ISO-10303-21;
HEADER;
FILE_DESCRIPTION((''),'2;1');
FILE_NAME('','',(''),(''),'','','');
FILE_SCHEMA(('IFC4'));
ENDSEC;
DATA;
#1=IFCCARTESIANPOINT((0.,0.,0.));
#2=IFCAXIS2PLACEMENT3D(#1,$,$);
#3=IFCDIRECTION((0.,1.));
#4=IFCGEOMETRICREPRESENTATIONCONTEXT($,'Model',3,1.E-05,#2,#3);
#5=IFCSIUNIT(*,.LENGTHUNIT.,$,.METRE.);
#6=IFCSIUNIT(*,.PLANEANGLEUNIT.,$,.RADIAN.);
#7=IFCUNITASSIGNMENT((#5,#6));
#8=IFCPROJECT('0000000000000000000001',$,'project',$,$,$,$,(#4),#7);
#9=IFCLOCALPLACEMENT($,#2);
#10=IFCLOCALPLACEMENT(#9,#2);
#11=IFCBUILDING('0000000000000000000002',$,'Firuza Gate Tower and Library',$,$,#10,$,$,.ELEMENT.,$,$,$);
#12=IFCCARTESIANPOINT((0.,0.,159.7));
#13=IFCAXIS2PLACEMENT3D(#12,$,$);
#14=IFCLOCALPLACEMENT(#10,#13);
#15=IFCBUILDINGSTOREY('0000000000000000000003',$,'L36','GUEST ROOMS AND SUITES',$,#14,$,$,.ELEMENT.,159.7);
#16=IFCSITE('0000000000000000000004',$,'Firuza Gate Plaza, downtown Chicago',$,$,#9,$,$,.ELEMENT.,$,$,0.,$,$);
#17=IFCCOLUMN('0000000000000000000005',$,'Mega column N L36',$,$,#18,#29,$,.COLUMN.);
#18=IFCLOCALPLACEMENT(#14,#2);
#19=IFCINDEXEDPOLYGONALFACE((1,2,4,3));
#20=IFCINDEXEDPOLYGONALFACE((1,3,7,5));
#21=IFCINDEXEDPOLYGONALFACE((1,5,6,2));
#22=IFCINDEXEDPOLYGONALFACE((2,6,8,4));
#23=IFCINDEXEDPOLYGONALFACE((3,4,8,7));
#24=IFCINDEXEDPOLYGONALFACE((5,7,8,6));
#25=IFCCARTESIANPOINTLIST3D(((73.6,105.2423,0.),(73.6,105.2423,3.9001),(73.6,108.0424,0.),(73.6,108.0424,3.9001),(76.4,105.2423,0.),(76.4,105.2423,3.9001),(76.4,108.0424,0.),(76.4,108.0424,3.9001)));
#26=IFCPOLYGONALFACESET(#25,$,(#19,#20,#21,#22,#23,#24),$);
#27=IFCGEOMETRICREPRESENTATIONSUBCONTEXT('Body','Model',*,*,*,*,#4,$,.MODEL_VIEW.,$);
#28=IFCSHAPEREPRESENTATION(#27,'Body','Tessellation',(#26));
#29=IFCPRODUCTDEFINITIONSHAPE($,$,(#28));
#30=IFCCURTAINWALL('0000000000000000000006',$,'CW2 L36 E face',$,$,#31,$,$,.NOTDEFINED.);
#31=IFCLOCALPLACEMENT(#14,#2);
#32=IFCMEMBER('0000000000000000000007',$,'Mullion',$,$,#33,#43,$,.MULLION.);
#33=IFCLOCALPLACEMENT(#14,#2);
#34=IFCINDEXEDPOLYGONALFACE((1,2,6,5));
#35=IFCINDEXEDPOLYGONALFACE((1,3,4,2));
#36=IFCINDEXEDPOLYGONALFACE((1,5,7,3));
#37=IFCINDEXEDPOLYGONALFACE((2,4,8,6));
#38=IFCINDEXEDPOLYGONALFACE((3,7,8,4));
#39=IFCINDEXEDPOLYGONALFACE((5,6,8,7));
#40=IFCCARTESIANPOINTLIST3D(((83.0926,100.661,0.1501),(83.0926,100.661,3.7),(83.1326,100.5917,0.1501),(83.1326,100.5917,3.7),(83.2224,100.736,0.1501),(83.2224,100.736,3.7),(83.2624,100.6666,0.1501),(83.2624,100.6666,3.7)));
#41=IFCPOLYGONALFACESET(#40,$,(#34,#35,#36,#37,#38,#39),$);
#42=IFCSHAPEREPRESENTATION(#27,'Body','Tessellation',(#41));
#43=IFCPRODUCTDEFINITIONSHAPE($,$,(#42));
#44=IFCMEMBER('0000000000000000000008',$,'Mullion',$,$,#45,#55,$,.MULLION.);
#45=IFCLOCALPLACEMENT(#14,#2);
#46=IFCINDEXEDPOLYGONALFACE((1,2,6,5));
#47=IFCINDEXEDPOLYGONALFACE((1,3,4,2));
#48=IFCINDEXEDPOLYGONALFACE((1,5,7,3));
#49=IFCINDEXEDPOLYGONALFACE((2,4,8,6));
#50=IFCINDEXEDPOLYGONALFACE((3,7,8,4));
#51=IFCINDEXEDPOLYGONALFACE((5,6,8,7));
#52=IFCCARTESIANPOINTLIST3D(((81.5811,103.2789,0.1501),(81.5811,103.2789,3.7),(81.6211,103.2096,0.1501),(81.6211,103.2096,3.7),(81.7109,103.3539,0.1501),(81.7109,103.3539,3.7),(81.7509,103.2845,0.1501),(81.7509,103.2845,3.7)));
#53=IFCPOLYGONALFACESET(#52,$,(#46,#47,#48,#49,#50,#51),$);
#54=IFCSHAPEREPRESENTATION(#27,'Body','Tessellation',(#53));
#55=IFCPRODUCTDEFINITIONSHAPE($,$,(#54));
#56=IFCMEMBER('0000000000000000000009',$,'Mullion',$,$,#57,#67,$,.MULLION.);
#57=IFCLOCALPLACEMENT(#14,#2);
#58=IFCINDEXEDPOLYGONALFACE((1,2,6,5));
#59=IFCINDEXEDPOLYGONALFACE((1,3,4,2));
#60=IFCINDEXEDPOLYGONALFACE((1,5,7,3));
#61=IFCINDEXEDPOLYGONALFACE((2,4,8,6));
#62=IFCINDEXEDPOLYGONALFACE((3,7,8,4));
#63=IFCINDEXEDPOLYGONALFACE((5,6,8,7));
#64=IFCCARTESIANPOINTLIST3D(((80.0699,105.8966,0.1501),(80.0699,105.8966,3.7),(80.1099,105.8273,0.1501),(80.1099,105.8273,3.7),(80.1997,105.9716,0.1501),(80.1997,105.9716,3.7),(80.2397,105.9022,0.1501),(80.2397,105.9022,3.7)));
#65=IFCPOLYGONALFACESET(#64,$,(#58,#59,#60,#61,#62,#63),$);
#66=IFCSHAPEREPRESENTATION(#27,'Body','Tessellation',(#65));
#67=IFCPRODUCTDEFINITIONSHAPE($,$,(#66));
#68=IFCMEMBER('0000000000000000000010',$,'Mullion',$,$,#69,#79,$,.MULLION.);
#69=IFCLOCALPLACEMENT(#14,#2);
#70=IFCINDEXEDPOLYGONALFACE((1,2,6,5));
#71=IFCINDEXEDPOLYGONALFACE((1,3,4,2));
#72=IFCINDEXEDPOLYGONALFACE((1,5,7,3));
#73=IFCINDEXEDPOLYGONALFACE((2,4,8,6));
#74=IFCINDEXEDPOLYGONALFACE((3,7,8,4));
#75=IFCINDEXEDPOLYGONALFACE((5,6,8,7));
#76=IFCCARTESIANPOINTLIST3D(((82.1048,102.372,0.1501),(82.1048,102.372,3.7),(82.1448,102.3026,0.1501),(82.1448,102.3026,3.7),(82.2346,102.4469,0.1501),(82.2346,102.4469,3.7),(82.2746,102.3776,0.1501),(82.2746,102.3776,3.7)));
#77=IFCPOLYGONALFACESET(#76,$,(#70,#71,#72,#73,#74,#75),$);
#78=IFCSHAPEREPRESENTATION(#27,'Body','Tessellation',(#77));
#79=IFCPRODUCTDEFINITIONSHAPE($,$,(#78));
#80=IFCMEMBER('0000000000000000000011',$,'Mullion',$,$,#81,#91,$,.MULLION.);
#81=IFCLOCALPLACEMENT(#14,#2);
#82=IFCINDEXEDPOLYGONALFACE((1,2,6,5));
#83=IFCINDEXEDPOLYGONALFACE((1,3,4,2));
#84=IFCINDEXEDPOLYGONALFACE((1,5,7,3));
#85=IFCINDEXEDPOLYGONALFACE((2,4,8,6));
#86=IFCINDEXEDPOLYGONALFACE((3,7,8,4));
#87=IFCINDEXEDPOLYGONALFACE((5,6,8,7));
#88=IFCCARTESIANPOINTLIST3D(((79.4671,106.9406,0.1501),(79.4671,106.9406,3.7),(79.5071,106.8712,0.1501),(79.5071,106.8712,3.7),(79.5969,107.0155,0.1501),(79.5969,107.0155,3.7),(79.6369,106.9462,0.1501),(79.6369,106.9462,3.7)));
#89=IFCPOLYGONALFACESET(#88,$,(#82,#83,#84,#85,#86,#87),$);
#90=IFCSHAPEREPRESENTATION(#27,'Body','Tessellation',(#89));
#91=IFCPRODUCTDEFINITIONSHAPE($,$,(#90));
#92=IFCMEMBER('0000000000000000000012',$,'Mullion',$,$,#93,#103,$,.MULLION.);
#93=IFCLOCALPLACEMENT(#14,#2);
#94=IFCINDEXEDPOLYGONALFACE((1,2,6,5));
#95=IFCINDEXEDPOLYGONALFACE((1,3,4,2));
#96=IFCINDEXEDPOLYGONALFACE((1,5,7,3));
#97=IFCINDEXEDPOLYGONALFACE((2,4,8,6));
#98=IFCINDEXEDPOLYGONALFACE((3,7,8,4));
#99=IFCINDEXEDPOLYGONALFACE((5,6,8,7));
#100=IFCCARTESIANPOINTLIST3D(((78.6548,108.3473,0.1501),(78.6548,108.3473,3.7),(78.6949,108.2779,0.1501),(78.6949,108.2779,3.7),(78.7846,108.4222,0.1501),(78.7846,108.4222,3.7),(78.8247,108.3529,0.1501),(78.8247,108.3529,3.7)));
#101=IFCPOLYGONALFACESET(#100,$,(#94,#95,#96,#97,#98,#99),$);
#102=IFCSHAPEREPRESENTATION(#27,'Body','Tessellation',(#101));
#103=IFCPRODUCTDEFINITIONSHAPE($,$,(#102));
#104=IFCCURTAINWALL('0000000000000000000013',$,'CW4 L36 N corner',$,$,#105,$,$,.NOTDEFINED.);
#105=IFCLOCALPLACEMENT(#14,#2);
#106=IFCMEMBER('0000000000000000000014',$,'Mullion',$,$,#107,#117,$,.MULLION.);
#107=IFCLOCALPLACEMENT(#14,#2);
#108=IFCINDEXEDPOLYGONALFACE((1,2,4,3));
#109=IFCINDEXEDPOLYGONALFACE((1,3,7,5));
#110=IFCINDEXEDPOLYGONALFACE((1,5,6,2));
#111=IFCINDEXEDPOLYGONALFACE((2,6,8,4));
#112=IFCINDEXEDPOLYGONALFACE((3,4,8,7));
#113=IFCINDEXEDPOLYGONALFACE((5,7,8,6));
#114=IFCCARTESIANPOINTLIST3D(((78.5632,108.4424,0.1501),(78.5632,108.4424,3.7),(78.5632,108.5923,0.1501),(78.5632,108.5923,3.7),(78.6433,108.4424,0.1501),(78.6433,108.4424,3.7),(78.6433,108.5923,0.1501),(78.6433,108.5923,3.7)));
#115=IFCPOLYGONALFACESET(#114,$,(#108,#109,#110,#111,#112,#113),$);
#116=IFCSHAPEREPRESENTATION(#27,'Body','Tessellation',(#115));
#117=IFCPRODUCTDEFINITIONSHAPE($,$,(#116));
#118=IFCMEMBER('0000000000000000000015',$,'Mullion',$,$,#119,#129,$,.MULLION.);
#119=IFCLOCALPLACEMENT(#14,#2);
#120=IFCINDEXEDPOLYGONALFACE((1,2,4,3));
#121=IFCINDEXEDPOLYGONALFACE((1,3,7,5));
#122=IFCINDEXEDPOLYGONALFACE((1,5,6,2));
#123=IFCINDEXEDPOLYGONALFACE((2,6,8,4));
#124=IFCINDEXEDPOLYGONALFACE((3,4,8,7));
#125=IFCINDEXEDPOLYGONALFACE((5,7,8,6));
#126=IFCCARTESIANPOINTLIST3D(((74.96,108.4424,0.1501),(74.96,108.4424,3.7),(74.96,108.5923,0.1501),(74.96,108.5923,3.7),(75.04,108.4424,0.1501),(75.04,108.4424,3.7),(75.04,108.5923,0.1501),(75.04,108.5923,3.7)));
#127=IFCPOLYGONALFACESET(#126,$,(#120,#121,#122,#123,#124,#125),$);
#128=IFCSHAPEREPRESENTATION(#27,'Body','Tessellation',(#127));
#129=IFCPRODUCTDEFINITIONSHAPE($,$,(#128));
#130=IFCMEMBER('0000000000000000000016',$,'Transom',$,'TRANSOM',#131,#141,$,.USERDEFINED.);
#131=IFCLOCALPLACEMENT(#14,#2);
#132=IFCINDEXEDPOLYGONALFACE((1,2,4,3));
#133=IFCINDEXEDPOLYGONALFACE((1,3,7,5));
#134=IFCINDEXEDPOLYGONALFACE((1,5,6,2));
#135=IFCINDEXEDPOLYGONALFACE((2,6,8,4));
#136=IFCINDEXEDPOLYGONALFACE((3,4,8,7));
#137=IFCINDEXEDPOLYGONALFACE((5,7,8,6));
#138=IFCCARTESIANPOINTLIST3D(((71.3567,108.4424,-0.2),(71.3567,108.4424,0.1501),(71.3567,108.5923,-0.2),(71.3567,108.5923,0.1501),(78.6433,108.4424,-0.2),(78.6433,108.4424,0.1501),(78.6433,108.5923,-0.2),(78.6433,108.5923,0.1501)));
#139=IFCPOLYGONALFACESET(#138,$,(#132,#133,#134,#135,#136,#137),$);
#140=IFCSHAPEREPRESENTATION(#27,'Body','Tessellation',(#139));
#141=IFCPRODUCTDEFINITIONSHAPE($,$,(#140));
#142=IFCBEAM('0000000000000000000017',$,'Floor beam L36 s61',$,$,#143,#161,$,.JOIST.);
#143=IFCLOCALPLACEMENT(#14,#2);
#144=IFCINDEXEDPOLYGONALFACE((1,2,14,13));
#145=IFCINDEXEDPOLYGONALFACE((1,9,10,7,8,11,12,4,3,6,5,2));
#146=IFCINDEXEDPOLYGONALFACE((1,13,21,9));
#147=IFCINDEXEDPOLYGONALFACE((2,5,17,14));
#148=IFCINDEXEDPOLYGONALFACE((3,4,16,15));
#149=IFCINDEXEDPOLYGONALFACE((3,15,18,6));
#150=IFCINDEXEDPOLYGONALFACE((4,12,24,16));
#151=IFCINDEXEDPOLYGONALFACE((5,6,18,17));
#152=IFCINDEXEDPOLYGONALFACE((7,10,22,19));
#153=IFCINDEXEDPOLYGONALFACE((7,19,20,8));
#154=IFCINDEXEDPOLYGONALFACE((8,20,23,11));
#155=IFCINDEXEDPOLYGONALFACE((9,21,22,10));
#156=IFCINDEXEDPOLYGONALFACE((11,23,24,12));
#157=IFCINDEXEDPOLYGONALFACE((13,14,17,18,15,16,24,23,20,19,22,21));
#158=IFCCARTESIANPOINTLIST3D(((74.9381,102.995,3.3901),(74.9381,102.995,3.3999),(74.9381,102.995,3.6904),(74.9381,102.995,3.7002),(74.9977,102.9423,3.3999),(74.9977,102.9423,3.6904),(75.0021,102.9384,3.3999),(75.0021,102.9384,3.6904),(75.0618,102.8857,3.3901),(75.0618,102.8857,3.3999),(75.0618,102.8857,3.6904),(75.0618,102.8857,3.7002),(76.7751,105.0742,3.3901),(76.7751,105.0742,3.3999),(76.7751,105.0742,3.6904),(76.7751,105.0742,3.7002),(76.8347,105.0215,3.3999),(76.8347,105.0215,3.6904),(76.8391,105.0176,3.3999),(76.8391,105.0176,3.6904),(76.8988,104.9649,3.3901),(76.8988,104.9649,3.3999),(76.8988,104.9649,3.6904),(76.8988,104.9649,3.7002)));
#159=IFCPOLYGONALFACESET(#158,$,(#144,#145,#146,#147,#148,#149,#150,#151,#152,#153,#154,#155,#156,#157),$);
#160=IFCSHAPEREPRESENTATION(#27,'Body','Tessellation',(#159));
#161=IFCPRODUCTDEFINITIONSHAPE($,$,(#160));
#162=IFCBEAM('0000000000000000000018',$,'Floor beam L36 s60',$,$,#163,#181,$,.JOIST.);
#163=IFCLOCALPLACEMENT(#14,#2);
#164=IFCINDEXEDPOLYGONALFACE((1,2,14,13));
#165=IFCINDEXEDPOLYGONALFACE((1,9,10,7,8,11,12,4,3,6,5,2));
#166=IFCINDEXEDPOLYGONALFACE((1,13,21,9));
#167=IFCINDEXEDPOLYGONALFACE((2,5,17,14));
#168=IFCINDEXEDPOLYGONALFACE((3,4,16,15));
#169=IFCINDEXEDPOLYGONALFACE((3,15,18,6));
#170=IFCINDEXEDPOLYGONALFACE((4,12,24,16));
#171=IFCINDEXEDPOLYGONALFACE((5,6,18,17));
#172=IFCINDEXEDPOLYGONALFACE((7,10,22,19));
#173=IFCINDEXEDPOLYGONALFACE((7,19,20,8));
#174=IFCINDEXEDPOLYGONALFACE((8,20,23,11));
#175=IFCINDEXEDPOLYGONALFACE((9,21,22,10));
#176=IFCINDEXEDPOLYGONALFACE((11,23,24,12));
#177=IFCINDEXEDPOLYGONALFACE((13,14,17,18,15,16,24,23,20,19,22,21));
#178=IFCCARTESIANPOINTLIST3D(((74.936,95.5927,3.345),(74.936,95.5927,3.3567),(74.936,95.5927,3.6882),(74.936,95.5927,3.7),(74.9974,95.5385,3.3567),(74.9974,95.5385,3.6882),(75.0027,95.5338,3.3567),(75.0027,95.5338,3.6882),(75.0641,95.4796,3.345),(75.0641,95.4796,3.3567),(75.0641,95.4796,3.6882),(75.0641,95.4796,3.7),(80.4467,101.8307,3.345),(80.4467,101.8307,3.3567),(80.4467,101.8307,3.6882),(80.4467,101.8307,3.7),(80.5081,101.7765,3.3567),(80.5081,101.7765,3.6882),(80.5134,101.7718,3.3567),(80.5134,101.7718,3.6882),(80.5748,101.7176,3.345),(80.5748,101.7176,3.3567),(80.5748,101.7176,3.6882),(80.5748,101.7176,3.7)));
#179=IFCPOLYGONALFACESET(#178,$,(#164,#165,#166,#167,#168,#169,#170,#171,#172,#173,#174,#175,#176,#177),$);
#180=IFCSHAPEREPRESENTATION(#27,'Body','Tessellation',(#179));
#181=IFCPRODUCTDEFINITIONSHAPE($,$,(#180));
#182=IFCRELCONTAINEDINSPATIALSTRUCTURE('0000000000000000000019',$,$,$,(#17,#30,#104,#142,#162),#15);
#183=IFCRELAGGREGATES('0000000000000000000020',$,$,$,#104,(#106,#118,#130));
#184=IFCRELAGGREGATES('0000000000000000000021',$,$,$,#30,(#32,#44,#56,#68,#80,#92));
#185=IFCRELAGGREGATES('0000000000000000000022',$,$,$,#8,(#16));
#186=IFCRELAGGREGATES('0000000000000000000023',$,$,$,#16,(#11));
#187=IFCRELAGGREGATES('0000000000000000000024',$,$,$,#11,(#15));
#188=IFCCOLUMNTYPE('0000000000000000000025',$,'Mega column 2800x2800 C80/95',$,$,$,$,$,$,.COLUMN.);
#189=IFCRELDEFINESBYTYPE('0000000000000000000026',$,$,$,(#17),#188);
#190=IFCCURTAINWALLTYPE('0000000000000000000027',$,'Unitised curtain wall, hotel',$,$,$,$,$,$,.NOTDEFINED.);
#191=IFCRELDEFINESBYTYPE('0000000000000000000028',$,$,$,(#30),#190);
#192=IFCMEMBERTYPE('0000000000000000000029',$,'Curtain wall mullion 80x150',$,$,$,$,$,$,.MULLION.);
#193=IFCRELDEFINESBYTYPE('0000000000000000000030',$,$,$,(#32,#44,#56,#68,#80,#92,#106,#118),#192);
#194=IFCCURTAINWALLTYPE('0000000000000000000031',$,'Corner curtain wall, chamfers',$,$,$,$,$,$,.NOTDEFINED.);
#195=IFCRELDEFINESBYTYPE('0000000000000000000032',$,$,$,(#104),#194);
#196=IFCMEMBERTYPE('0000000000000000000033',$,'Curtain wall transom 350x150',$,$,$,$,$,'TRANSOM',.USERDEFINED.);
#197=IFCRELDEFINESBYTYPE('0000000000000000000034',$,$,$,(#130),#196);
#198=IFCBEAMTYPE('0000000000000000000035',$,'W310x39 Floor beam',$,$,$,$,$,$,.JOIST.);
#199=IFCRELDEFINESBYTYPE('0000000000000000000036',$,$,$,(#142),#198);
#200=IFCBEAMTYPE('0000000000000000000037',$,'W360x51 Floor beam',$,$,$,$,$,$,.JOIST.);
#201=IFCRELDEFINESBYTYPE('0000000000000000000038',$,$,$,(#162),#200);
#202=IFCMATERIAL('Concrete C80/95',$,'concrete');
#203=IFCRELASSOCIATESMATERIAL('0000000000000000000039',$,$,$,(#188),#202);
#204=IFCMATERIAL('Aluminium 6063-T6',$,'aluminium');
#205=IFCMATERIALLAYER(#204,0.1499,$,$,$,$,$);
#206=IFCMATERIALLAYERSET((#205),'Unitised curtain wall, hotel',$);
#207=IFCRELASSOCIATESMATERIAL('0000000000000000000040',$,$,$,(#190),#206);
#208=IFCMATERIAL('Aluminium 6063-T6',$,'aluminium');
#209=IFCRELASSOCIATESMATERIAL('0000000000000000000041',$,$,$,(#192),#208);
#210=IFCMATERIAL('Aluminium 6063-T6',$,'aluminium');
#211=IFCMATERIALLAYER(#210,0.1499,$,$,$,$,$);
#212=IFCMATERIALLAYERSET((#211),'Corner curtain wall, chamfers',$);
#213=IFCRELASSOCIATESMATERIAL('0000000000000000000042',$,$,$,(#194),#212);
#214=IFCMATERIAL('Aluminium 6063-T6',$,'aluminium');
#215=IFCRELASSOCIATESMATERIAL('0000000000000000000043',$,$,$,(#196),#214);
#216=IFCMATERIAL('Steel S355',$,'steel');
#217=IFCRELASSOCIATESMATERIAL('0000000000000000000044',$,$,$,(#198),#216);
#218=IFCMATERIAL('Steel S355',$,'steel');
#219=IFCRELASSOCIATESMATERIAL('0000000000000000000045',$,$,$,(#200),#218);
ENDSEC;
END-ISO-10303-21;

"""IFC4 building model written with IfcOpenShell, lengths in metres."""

from ifc_helpers import new_model, si_unit, direction, frame, origin, origin_2d, place, context, subcontext, project, spatial, rectangle, i_section, extrude, material, layer, layer_set, material_profile, profile_set, type_object, element, aggregate, save


model = new_model("IFC4")

# Units and contexts
model_context = context("Model", 3, precision=1e-05, world=origin(), true_north=direction((0.0, 1.0)))
body_context = subcontext(model_context, "Body", "Model", "MODEL_VIEW")
ifc_project = project(units=[si_unit("LENGTHUNIT", "METRE"), si_unit("PLANEANGLEUNIT", "RADIAN")], contexts=[model_context])

# Site, building, storey
site_placement = place(None, origin())
site = spatial("IfcSite", under=ifc_project, at=site_placement, Name="Firuza Gate Plaza, downtown Chicago", CompositionType="ELEMENT", RefElevation=0.0)
building_placement = place(site_placement, origin())
building = spatial("IfcBuilding", under=site, at=building_placement, Name="Firuza Gate Tower and Library", CompositionType="ELEMENT")
storey_placement = place(building_placement, frame((0.0, 0.0, 159.7)))
storey = spatial("IfcBuildingStorey", under=building, at=storey_placement, Name="L36", Description="GUEST ROOMS AND SUITES", CompositionType="ELEMENT", Elevation=159.7)

# Column
ifc_material_1 = material(Name="Concrete C80/95", Category="concrete")
ifc_material_profile_1 = material_profile(ifc_material_1, rectangle(XDim=2.8, YDim=2.8, at=origin_2d()))
ifc_profile_set_1 = profile_set([ifc_material_profile_1], Name="Concrete C80/95")
column_type = type_object("IfcColumnType", Name="Mega column 2800x2800 C80/95", PredefinedType="COLUMN", material=ifc_profile_set_1)
column_placement = place(storey_placement, frame((75.0, 106.6423, 0.0), z_axis=(0.0, 0.0, 1.0), x_axis=(-1.0, 0.0, 0.0)))
element("IfcColumn", 1, at=column_placement, inside=storey, type_object=column_type, Name="Mega column N L36", PredefinedType="COLUMN", context=body_context, shape_type="SweptSolid", body=[
    extrude(rectangle(XDim=2.8, YDim=2.8, at=origin_2d()), origin(), (0.0, 0.0, 1.0), 3.9001),
])

# Curtain walls, members
ifc_material_2 = material(Name="Aluminium 6063-T6", Category="aluminium")
ifc_layer_1 = layer(ifc_material_2, 0.1499)
ifc_layer_set_1 = layer_set([ifc_layer_1], Name="Unitised curtain wall, hotel")
curtain_wall_type_1 = type_object("IfcCurtainWallType", Name="Unitised curtain wall, hotel", PredefinedType="NOTDEFINED", material=ifc_layer_set_1)
placement = place(storey_placement, origin())
curtain_wall_1 = element("IfcCurtainWall", 2, at=placement, inside=storey, type_object=curtain_wall_type_1, Name="CW2 L36 E face", PredefinedType="NOTDEFINED")
ifc_material_3 = material(Name="Aluminium 6063-T6", Category="aluminium")
ifc_material_profile_2 = material_profile(ifc_material_3, rectangle(XDim=0.1499, YDim=0.0801, at=origin_2d()))
ifc_profile_set_2 = profile_set([ifc_material_profile_2], Name="Aluminium 6063-T6")
member_type_1 = type_object("IfcMemberType", Name="Curtain wall mullion 80x150", PredefinedType="MULLION", material=ifc_profile_set_2)
member_1_placement = place(storey_placement, frame((83.1775, 100.6638, 0.1501), z_axis=(0.0, 0.0, 1.0), x_axis=(-0.866025, -0.5, 0.0)))
member_1 = element("IfcMember", 3, at=member_1_placement, type_object=member_type_1, Name="Mullion", PredefinedType="MULLION", context=body_context, shape_type="SweptSolid", body=[
    extrude(rectangle(XDim=0.1499, YDim=0.0801, at=origin_2d()), origin(), (0.0, 0.0, 1.0), 3.5498),
])
member_2_placement = place(storey_placement, frame((81.666, 103.2817, 0.1501), z_axis=(0.0, 0.0, 1.0), x_axis=(-0.866025, -0.5, 0.0)))
member_2 = element("IfcMember", 4, at=member_2_placement, type_object=member_type_1, Name="Mullion", PredefinedType="MULLION", context=body_context, shape_type="SweptSolid", body=[
    extrude(rectangle(XDim=0.1499, YDim=0.0801, at=origin_2d()), origin(), (0.0, 0.0, 1.0), 3.5498),
])
member_3_placement = place(storey_placement, frame((80.1548, 105.8994, 0.1501), z_axis=(0.0, 0.0, 1.0), x_axis=(-0.866025, -0.5, 0.0)))
member_3 = element("IfcMember", 5, at=member_3_placement, type_object=member_type_1, Name="Mullion", PredefinedType="MULLION", context=body_context, shape_type="SweptSolid", body=[
    extrude(rectangle(XDim=0.1499, YDim=0.0801, at=origin_2d()), origin(), (0.0, 0.0, 1.0), 3.5498),
])
member_4_placement = place(storey_placement, frame((82.1897, 102.3748, 0.1501), z_axis=(0.0, 0.0, 1.0), x_axis=(-0.866025, -0.5, 0.0)))
member_4 = element("IfcMember", 6, at=member_4_placement, type_object=member_type_1, Name="Mullion", PredefinedType="MULLION", context=body_context, shape_type="SweptSolid", body=[
    extrude(rectangle(XDim=0.1499, YDim=0.0801, at=origin_2d()), origin(), (0.0, 0.0, 1.0), 3.5498),
])
member_5_placement = place(storey_placement, frame((79.552, 106.9434, 0.1501), z_axis=(0.0, 0.0, 1.0), x_axis=(-0.866025, -0.5, 0.0)))
member_5 = element("IfcMember", 7, at=member_5_placement, type_object=member_type_1, Name="Mullion", PredefinedType="MULLION", context=body_context, shape_type="SweptSolid", body=[
    extrude(rectangle(XDim=0.1499, YDim=0.0801, at=origin_2d()), origin(), (0.0, 0.0, 1.0), 3.5498),
])
member_6_placement = place(storey_placement, frame((78.7397, 108.3501, 0.1501), z_axis=(0.0, 0.0, 1.0), x_axis=(-0.866025, -0.5, 0.0)))
member_6 = element("IfcMember", 8, at=member_6_placement, type_object=member_type_1, Name="Mullion", PredefinedType="MULLION", context=body_context, shape_type="SweptSolid", body=[
    extrude(rectangle(XDim=0.1499, YDim=0.0801, at=origin_2d()), origin(), (0.0, 0.0, 1.0), 3.5498),
])
ifc_material_4 = material(Name="Aluminium 6063-T6", Category="aluminium")
ifc_layer_2 = layer(ifc_material_4, 0.1499)
ifc_layer_set_2 = layer_set([ifc_layer_2], Name="Corner curtain wall, chamfers")
curtain_wall_type_2 = type_object("IfcCurtainWallType", Name="Corner curtain wall, chamfers", PredefinedType="NOTDEFINED", material=ifc_layer_set_2)
curtain_wall_2 = element("IfcCurtainWall", 9, at=placement, inside=storey, type_object=curtain_wall_type_2, Name="CW4 L36 N corner", PredefinedType="NOTDEFINED")
member_7_placement = place(storey_placement, frame((78.6033, 108.5173, 0.1501), z_axis=(0.0, 0.0, 1.0), x_axis=(0.0, -1.0, 0.0)))
member_7 = element("IfcMember", 10, at=member_7_placement, type_object=member_type_1, Name="Mullion", PredefinedType="MULLION", context=body_context, shape_type="SweptSolid", body=[
    extrude(rectangle(XDim=0.1499, YDim=0.0801, at=origin_2d()), origin(), (0.0, 0.0, 1.0), 3.5498),
])
member_8_placement = place(storey_placement, frame((75.0, 108.5173, 0.1501), z_axis=(0.0, 0.0, 1.0), x_axis=(0.0, -1.0, 0.0)))
member_8 = element("IfcMember", 11, at=member_8_placement, type_object=member_type_1, Name="Mullion", PredefinedType="MULLION", context=body_context, shape_type="SweptSolid", body=[
    extrude(rectangle(XDim=0.1499, YDim=0.0801, at=origin_2d()), origin(), (0.0, 0.0, 1.0), 3.5498),
])
ifc_material_5 = material(Name="Aluminium 6063-T6", Category="aluminium")
ifc_material_profile_3 = material_profile(ifc_material_5, rectangle(XDim=0.1499, YDim=0.3501, at=origin_2d()))
ifc_profile_set_3 = profile_set([ifc_material_profile_3], Name="Aluminium 6063-T6")
member_type_2 = type_object("IfcMemberType", Name="Curtain wall transom 350x150", ElementType="TRANSOM", PredefinedType="USERDEFINED", material=ifc_profile_set_3)
member_9_placement = place(storey_placement, frame((78.6433, 108.5173, -0.0249), z_axis=(-1.0, 0.0, 0.0), x_axis=(0.0, -1.0, 0.0)))
member_9 = element("IfcMember", 12, at=member_9_placement, type_object=member_type_2, Name="Transom", ObjectType="TRANSOM", PredefinedType="USERDEFINED", context=body_context, shape_type="SweptSolid", body=[
    extrude(rectangle(XDim=0.1499, YDim=0.3501, at=origin_2d()), origin(), (0.0, 0.0, 1.0), 7.2866),
])

# Beams
ifc_material_6 = material(Name="Steel S355", Category="steel")
ifc_material_profile_4 = material_profile(ifc_material_6, i_section(OverallWidth=0.165, OverallDepth=0.3101, WebThickness=0.0059, FlangeThickness=0.0098, at=origin_2d()))
ifc_profile_set_4 = profile_set([ifc_material_profile_4], Name="Steel S355")
beam_type_1 = type_object("IfcBeamType", Name="W310x39 Floor beam", PredefinedType="JOIST", material=ifc_profile_set_4)
beam_1_placement = place(storey_placement, frame((76.8369, 105.0195, 3.5452), z_axis=(-0.66211, -0.749406, 0.0), x_axis=(0.749406, -0.66211, 0.0)))
element("IfcBeam", 13, at=beam_1_placement, inside=storey, type_object=beam_type_1, Name="Floor beam L36 s61", PredefinedType="JOIST", context=body_context, shape_type="SweptSolid", body=[
    extrude(i_section(OverallWidth=0.165, OverallDepth=0.3101, WebThickness=0.0059, FlangeThickness=0.0098, at=origin_2d()), origin(), (0.0, 0.0, 1.0), 2.7744),
])
ifc_material_7 = material(Name="Steel S355", Category="steel")
ifc_material_profile_5 = material_profile(ifc_material_7, i_section(OverallWidth=0.1709, OverallDepth=0.355, WebThickness=0.0071, FlangeThickness=0.0117, at=origin_2d()))
ifc_profile_set_5 = profile_set([ifc_material_profile_5], Name="Steel S355")
beam_type_2 = type_object("IfcBeamType", Name="W360x51 Floor beam", PredefinedType="JOIST", material=ifc_profile_set_5)
beam_2_placement = place(storey_placement, frame((80.5107, 101.7742, 3.5225), z_axis=(-0.662067, -0.749445, 0.0), x_axis=(0.749445, -0.662067, 0.0)))
element("IfcBeam", 14, at=beam_2_placement, inside=storey, type_object=beam_type_2, Name="Floor beam L36 s60", PredefinedType="JOIST", context=body_context, shape_type="SweptSolid", body=[
    extrude(i_section(OverallWidth=0.1709, OverallDepth=0.355, WebThickness=0.0071, FlangeThickness=0.0117, at=origin_2d()), origin(), (0.0, 0.0, 1.0), 8.3235),
])

aggregate(curtain_wall_2, [member_7, member_8, member_9])
aggregate(curtain_wall_1, [member_1, member_2, member_3, member_4, member_5, member_6])

save(model, "model.ifc")
